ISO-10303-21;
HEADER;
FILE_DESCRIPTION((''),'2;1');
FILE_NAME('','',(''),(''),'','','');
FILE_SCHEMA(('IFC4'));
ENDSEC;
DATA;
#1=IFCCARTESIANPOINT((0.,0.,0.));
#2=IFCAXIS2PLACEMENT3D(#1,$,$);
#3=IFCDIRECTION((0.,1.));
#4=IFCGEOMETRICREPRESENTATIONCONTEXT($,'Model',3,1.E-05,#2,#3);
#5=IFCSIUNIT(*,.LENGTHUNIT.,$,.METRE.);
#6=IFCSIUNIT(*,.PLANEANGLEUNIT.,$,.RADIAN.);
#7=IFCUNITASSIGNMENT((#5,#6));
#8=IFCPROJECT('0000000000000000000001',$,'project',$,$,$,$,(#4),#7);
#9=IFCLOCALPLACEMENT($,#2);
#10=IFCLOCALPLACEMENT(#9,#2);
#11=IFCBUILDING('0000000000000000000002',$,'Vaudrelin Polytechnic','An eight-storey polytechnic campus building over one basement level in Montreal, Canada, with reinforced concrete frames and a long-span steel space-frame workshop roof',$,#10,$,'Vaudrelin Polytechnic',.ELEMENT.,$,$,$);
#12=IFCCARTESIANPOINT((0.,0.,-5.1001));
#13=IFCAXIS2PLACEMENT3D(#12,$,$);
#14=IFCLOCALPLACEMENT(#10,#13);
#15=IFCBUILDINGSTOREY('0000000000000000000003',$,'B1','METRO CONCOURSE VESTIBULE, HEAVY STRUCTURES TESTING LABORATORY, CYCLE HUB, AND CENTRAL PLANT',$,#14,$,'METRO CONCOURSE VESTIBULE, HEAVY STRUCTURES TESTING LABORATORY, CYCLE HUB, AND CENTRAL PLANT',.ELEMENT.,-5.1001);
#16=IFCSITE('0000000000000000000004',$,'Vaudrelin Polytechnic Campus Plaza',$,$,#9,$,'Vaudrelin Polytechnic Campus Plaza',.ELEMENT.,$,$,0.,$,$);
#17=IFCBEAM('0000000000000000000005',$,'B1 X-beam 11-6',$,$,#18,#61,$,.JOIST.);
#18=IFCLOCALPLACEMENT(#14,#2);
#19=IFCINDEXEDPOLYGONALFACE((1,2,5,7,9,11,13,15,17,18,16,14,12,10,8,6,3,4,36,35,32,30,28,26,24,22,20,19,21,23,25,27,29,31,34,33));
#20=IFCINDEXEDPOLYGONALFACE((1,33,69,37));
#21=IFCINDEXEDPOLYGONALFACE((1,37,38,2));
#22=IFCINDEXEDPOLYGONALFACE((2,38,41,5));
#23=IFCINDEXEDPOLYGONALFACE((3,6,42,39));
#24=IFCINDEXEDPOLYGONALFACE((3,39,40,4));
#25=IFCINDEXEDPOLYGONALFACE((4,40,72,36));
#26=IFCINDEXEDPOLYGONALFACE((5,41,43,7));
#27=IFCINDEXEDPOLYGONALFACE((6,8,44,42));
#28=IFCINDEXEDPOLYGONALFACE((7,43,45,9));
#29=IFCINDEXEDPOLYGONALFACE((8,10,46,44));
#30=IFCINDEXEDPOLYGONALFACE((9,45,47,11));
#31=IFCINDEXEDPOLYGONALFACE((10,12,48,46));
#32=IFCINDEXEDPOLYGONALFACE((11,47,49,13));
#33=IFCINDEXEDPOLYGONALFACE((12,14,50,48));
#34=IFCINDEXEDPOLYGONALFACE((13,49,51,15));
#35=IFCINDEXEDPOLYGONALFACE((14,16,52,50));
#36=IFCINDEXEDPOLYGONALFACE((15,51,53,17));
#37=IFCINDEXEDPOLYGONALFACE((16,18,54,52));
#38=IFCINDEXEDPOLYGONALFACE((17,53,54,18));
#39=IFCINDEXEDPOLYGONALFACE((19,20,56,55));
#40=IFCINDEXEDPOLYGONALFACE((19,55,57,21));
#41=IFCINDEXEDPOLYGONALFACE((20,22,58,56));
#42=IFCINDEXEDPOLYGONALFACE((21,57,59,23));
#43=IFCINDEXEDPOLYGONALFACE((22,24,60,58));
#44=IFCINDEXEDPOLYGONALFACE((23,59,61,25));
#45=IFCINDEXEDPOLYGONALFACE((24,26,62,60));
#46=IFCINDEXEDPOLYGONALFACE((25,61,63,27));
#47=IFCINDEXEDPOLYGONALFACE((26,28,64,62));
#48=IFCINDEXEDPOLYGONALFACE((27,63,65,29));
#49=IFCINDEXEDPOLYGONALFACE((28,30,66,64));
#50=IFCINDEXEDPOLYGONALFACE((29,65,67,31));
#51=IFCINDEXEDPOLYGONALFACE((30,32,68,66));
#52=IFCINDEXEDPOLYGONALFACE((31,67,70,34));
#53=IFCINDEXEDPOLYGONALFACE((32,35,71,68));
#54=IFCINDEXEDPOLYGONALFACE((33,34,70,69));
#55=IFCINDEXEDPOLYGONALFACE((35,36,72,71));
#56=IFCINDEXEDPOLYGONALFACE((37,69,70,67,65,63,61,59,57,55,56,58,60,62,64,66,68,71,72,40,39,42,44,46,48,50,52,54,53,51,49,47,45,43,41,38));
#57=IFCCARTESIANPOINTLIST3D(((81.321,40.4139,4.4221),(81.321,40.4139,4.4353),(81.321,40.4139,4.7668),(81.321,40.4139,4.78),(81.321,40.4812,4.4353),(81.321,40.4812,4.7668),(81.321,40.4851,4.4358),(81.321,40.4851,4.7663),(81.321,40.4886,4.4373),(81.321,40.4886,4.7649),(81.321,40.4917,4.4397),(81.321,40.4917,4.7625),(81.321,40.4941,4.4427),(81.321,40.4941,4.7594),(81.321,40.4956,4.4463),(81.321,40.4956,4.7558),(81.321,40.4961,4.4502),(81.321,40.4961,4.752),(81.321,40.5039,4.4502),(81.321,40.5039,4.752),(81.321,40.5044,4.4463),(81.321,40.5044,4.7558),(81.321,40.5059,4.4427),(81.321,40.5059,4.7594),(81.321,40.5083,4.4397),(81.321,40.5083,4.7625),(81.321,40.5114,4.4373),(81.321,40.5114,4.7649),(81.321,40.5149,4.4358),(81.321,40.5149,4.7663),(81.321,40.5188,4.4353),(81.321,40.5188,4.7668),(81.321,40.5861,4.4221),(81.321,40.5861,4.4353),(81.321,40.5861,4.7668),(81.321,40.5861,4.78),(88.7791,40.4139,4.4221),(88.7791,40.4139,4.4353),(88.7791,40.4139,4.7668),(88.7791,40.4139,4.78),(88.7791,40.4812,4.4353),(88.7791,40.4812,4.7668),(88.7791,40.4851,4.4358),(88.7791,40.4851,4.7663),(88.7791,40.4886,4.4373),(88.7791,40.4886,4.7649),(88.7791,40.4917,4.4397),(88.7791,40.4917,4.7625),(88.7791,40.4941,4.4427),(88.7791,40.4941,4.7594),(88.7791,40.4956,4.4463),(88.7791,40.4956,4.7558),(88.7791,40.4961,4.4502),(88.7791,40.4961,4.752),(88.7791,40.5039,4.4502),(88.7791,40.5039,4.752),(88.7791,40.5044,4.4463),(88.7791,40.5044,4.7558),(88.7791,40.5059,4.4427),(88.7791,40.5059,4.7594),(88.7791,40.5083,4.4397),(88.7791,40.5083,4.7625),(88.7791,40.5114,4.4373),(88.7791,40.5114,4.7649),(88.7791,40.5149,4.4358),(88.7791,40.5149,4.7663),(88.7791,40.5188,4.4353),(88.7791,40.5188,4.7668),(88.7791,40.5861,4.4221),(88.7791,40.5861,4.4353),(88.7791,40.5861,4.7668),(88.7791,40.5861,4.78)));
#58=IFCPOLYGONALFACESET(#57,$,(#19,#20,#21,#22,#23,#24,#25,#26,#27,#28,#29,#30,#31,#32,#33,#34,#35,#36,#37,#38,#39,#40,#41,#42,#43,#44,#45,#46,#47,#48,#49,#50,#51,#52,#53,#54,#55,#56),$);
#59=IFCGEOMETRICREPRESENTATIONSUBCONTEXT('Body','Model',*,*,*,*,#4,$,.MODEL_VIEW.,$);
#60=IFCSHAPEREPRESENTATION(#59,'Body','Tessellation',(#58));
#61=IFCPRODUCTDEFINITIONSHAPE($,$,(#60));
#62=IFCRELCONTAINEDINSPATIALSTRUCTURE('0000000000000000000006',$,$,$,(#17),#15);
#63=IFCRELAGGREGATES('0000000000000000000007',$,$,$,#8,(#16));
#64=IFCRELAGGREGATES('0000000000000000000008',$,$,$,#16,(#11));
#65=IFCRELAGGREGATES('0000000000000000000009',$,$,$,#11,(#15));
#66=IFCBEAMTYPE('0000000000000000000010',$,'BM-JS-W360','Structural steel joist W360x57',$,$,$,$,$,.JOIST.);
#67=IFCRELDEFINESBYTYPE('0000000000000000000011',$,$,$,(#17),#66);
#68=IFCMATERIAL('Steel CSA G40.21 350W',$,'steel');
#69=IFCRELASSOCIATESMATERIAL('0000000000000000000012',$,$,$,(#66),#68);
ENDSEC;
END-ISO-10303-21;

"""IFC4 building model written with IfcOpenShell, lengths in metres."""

from ifc_helpers import new_model, si_unit, direction, frame, origin, origin_2d, place, context, subcontext, project, spatial, i_section, extrude, material, material_profile, profile_set, type_object, element, save


model = new_model("IFC4")

# Units and contexts
model_context = context("Model", 3, precision=1e-05, world=origin(), true_north=direction((0.0, 1.0)))
body_context = subcontext(model_context, "Body", "Model", "MODEL_VIEW")
ifc_project = project(units=[si_unit("LENGTHUNIT", "METRE"), si_unit("PLANEANGLEUNIT", "RADIAN")], contexts=[model_context])

# Site, building, storey
site_placement = place(None, origin())
site = spatial("IfcSite", under=ifc_project, at=site_placement, Name="Vaudrelin Polytechnic Campus Plaza", LongName="Vaudrelin Polytechnic Campus Plaza", CompositionType="ELEMENT", RefElevation=0.0)
building_placement = place(site_placement, origin())
building = spatial("IfcBuilding", under=site, at=building_placement, Name="Vaudrelin Polytechnic", Description="An eight-storey polytechnic campus building over one basement level in Montreal, Canada, with reinforced concrete frames and a long-span steel space-frame workshop roof", LongName="Vaudrelin Polytechnic", CompositionType="ELEMENT")
storey_placement = place(building_placement, frame((0.0, 0.0, -5.1001)))
storey = spatial("IfcBuildingStorey", under=building, at=storey_placement, Name="B1", Description="METRO CONCOURSE VESTIBULE, HEAVY STRUCTURES TESTING LABORATORY, CYCLE HUB, AND CENTRAL PLANT", LongName="METRO CONCOURSE VESTIBULE, HEAVY STRUCTURES TESTING LABORATORY, CYCLE HUB, AND CENTRAL PLANT", CompositionType="ELEMENT", Elevation=-5.1001)

# Shared definitions
ifc_material_1 = material(Name="Steel CSA G40.21 350W", Category="steel")

# Beam
ifc_material_profile_1 = material_profile(ifc_material_1, i_section(OverallWidth=0.1721, OverallDepth=0.3579, WebThickness=0.0078, FlangeThickness=0.0132, FilletRadius=0.0149, at=origin_2d()), Name="W360x57")
ifc_profile_set_1 = profile_set([ifc_material_profile_1], Name="Steel CSA G40.21 350W")
beam_type_1 = type_object("IfcBeamType", Name="BM-JS-W360", Description="Structural steel joist W360x57", PredefinedType="JOIST", material=ifc_profile_set_1)
beam_1_placement = place(storey_placement, frame((81.321, 40.5, 4.6011), z_axis=(1.0, 0.0, 0.0), x_axis=(0.0, 1.0, 0.0)))
element("IfcBeam", 1, at=beam_1_placement, inside=storey, type_object=beam_type_1, Name="B1 X-beam 11-6", PredefinedType="JOIST", context=body_context, shape_type="SweptSolid", body=[
    extrude(i_section(OverallWidth=0.1721, OverallDepth=0.3579, WebThickness=0.0078, FlangeThickness=0.0132, FilletRadius=0.0149, at=origin_2d()), origin(), (0.0, 0.0, 1.0), 7.458),
])

save(model, "model.ifc")
